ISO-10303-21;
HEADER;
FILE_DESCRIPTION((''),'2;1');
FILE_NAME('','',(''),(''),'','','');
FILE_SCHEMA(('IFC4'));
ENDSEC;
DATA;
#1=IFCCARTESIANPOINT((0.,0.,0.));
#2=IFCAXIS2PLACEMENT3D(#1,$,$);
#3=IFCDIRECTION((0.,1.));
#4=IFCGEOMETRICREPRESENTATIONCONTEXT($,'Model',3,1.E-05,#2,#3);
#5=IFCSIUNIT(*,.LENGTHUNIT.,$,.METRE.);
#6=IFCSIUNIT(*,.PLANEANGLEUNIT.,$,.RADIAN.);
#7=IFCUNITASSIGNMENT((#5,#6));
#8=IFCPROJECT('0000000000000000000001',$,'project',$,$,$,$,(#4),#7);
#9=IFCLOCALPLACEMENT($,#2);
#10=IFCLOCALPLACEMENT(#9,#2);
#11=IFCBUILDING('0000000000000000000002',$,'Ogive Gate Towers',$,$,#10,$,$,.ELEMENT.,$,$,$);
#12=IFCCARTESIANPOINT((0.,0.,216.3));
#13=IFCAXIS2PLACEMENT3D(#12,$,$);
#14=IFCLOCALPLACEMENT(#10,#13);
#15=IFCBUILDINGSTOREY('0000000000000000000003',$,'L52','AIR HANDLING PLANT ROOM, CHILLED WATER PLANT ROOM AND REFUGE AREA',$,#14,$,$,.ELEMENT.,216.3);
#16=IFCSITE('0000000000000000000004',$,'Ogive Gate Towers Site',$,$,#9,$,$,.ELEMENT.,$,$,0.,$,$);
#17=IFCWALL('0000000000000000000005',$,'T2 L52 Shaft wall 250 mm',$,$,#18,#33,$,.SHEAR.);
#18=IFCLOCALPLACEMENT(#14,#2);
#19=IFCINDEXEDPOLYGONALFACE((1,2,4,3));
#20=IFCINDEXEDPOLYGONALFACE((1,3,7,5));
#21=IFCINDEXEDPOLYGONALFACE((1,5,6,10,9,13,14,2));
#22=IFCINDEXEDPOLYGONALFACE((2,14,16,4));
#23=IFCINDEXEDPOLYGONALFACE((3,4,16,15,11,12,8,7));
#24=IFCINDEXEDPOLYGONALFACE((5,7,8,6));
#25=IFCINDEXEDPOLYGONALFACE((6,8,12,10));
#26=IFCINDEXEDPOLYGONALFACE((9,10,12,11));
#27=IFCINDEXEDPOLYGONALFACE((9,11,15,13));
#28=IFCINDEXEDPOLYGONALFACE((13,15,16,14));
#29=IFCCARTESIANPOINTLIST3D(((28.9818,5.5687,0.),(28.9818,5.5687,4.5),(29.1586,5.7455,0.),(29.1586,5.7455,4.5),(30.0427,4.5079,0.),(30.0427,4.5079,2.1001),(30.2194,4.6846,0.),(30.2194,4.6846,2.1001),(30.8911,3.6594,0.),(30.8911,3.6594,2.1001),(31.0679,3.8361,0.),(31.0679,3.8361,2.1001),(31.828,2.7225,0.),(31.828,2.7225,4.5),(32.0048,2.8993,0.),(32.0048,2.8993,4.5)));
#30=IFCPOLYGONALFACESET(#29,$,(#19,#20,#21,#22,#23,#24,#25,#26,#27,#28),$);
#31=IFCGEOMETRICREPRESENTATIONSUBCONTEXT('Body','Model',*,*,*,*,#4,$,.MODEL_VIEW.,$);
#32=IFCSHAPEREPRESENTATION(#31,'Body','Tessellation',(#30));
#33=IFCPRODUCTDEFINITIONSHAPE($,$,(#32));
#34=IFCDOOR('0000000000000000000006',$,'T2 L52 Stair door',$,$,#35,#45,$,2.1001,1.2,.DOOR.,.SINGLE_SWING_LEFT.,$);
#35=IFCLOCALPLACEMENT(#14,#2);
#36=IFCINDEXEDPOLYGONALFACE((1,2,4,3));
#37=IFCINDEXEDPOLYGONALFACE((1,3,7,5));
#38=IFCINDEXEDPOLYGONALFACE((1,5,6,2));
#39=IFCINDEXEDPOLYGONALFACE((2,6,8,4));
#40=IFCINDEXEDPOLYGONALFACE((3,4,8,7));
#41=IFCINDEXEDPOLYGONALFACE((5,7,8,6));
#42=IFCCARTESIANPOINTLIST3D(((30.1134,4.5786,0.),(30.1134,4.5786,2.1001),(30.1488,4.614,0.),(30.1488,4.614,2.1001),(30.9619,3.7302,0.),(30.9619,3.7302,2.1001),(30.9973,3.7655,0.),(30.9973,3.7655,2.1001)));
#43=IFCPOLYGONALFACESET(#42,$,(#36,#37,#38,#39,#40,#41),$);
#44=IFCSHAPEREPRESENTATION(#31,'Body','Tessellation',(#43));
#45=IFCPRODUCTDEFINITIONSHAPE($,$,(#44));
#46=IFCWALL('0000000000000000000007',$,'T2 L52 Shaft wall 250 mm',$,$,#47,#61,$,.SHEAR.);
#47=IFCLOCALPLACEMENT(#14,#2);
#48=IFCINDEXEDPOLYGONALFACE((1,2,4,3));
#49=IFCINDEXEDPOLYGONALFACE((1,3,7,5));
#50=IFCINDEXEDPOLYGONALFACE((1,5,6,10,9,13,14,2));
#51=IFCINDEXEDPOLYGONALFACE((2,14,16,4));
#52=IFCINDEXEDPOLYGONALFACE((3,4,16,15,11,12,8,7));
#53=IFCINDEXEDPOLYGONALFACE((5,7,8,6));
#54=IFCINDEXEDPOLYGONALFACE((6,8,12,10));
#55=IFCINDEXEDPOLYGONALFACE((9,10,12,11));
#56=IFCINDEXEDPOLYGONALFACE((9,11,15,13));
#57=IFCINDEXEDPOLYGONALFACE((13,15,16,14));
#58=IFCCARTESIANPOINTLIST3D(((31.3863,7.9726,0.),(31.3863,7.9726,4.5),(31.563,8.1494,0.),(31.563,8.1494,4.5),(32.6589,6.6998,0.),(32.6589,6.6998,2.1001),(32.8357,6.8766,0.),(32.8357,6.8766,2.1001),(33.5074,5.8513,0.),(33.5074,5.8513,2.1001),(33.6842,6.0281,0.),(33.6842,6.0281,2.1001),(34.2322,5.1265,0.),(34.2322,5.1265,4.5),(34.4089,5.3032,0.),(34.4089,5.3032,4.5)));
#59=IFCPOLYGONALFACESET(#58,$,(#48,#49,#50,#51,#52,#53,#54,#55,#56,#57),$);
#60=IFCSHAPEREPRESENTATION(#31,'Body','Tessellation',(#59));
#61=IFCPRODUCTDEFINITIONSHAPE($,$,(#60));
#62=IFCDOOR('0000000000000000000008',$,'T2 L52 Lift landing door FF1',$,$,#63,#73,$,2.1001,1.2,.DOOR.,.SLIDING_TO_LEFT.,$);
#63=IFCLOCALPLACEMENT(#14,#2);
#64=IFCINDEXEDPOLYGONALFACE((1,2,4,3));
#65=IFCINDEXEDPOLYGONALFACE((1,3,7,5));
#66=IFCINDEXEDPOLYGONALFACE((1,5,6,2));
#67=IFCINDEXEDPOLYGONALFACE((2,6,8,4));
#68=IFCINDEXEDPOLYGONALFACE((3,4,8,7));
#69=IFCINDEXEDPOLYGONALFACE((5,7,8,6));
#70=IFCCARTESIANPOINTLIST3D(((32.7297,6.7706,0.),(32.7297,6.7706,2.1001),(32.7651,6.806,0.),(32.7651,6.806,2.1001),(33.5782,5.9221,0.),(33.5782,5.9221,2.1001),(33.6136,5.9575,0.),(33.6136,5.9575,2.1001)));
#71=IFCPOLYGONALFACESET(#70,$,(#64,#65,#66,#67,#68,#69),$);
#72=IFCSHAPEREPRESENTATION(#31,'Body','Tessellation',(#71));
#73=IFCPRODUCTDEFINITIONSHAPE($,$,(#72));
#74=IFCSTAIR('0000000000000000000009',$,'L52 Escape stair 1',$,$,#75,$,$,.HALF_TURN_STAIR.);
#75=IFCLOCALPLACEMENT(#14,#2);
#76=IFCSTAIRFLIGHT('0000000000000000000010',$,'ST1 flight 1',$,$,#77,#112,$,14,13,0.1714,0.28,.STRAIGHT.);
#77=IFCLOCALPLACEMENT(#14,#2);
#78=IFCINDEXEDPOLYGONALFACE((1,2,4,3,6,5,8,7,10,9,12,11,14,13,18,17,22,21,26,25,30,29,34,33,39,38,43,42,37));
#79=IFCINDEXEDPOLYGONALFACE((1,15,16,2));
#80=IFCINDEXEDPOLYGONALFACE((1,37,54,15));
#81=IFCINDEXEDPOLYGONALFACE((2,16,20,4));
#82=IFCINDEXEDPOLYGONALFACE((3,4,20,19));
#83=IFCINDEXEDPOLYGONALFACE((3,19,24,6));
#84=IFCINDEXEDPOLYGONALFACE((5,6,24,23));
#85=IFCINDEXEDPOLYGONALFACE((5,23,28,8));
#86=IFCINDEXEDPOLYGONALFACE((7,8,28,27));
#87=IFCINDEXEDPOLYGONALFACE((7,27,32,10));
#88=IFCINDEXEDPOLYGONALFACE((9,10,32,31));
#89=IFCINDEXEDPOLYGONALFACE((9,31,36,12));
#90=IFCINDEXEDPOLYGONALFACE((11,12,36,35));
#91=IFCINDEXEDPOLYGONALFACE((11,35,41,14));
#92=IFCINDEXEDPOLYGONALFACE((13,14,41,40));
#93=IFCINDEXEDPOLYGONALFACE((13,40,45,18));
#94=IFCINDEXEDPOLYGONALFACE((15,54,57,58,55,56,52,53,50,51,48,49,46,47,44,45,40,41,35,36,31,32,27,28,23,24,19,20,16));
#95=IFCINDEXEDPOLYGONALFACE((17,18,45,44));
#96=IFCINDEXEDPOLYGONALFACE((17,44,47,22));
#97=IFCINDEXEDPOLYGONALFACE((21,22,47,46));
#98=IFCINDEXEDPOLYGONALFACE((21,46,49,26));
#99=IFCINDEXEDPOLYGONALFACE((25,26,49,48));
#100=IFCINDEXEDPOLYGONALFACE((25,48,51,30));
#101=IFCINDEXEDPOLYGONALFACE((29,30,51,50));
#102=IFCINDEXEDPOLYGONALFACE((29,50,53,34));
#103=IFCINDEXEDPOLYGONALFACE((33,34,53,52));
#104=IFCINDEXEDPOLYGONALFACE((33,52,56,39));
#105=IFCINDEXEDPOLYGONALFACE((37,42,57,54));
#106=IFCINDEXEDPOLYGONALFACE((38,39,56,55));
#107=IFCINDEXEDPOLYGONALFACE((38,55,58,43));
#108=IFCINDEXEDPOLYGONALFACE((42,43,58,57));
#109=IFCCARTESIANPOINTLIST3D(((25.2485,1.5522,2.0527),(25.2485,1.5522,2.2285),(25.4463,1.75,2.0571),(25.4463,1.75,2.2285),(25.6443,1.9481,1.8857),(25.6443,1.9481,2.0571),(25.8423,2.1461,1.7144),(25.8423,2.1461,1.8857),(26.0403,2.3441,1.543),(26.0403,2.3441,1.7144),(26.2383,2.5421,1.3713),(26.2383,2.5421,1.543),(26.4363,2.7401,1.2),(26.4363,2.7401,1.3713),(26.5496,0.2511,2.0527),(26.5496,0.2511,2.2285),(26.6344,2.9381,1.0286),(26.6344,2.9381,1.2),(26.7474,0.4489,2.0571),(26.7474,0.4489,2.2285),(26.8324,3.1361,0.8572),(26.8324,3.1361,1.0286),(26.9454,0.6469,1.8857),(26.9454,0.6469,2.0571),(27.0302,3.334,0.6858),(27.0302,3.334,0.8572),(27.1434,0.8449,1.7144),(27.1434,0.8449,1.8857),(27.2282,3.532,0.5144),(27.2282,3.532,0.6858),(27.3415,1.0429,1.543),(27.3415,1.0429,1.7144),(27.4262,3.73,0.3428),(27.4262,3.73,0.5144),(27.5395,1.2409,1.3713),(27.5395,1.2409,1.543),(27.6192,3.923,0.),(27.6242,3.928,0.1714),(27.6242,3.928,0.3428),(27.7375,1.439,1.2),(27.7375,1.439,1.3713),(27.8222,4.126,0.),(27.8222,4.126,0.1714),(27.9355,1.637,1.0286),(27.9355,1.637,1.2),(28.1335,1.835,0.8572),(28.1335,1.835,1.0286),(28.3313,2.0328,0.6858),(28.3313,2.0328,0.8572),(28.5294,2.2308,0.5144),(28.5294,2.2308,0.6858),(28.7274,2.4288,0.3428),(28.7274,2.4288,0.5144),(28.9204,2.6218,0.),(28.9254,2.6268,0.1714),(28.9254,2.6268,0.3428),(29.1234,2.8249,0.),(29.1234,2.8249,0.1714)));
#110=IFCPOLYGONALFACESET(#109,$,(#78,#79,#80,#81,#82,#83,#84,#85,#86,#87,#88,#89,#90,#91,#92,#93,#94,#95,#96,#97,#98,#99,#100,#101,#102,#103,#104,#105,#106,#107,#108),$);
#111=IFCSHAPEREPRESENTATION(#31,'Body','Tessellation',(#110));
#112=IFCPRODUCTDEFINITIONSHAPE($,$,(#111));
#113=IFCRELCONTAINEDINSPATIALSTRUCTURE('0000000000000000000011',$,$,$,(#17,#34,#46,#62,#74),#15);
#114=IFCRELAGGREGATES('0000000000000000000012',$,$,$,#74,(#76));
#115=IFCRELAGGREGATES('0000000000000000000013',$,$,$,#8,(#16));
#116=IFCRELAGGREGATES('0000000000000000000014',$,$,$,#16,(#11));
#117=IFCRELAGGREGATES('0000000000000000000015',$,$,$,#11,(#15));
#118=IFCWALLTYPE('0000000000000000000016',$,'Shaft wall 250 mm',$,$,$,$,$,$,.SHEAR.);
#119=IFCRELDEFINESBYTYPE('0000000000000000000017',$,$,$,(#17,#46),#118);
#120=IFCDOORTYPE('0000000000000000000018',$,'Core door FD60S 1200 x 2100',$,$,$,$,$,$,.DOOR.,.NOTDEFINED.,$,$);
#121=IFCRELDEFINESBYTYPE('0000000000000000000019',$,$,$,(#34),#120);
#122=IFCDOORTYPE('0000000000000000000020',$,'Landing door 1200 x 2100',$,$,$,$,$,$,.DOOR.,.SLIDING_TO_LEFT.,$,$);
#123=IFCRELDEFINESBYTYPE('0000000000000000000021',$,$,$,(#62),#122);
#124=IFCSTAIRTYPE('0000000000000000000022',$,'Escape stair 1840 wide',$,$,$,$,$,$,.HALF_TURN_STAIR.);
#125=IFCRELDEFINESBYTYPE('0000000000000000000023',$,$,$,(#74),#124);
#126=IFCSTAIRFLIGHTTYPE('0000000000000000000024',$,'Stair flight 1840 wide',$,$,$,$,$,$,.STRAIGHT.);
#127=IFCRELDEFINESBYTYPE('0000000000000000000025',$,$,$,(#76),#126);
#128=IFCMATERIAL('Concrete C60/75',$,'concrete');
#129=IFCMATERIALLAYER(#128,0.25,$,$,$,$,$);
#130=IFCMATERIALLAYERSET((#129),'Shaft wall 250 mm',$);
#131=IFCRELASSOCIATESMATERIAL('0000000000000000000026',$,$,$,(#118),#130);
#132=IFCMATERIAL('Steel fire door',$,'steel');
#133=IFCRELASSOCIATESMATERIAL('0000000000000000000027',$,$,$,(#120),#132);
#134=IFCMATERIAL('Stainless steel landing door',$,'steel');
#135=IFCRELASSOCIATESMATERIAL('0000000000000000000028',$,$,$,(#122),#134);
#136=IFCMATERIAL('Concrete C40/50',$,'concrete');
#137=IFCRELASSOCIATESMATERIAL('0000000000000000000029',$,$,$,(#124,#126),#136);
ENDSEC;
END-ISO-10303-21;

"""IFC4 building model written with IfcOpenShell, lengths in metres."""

from ifc_helpers import new_model, si_unit, direction, frame, frame_2d, origin, place, context, subcontext, project, spatial, polyline, rectangle, outline, extrude, material, layer, layer_set, type_object, element, fill, aggregate, save


model = new_model("IFC4")

# Units and contexts
model_context = context("Model", 3, precision=1e-05, world=origin(), true_north=direction((0.0, 1.0)))
body_context = subcontext(model_context, "Body", "Model", "MODEL_VIEW")
ifc_project = project(units=[si_unit("LENGTHUNIT", "METRE"), si_unit("PLANEANGLEUNIT", "RADIAN")], contexts=[model_context])

# Site, building, storey
site_placement = place(None, origin())
site = spatial("IfcSite", under=ifc_project, at=site_placement, Name="Ogive Gate Towers Site", CompositionType="ELEMENT", RefElevation=0.0)
building_placement = place(site_placement, origin())
building = spatial("IfcBuilding", under=site, at=building_placement, Name="Ogive Gate Towers", CompositionType="ELEMENT")
storey_placement = place(building_placement, frame((0.0, 0.0, 216.3)))
storey = spatial("IfcBuildingStorey", under=building, at=storey_placement, Name="L52", Description="AIR HANDLING PLANT ROOM, CHILLED WATER PLANT ROOM AND REFUGE AREA", CompositionType="ELEMENT", Elevation=216.3)

# Shared definitions
ifc_material_1 = material(Name="Concrete C40/50", Category="concrete")

# Shared definitions
ifc_material_2 = material(Name="Steel fire door", Category="steel")

# Shared definitions
ifc_material_3 = material(Name="Concrete C60/75", Category="concrete")
ifc_layer_1 = layer(ifc_material_3, 0.25)
ifc_layer_set_1 = layer_set([ifc_layer_1], Name="Shaft wall 250 mm")
wall_type_1 = type_object("IfcWallType", Name="Shaft wall 250 mm", PredefinedType="SHEAR", material=ifc_layer_set_1)

# Walls, openings, doors
wall_1_placement = place(storey_placement, frame((31.9165, 2.8108, 0.0), z_axis=(0.0, 0.0, 1.0), x_axis=(-0.707107, 0.707107, 0.0)))
wall_1 = element("IfcWall", 1, at=wall_1_placement, inside=storey, type_object=wall_type_1, Name="T2 L52 Shaft wall 250 mm", PredefinedType="SHEAR", context=body_context, shape_type="SweptSolid", body=[
    extrude(rectangle(XDim=4.0251, YDim=0.25, at=frame_2d((2.0127, 0.0))), origin(), (0.0, 0.0, 1.0), 4.5),
])
opening_1_placement = place(wall_1_placement, frame((1.325, 0.0, 0.0)))
opening_1 = element("IfcOpeningElement", 2, at=opening_1_placement, cuts=wall_1, PredefinedType="OPENING", context=body_context, shape_type="SweptSolid", body=[
    extrude(rectangle(XDim=1.2, YDim=2.1001, at=frame_2d((0.6001, 1.05))), frame((0.0, 0.135, 0.0), z_axis=(0.0, -1.0, 0.0), x_axis=(1.0, 0.0, 0.0)), (0.0, 0.0, 1.0), 0.27),
])
door_type_1 = type_object("IfcDoorType", Name="Core door FD60S 1200 x 2100", OperationType="NOTDEFINED", PredefinedType="DOOR", material=ifc_material_2)
door_1_placement = place(opening_1_placement, origin())
door_1 = element("IfcDoor", 3, at=door_1_placement, inside=storey, type_object=door_type_1, Name="T2 L52 Stair door", OperationType="SINGLE_SWING_LEFT", OverallHeight=2.1001, OverallWidth=1.2, PredefinedType="DOOR", context=body_context, shape_type="SweptSolid", body=[
    extrude(rectangle(XDim=1.2, YDim=2.1001, at=frame_2d((0.6001, 1.05))), frame((0.0, 0.0249, 0.0), z_axis=(0.0, -1.0, 0.0), x_axis=(1.0, 0.0, 0.0)), (0.0, 0.0, 1.0), 0.05),
])
fill(opening_1, door_1)
wall_2_placement = place(storey_placement, frame((34.3206, 5.2148, 0.0), z_axis=(0.0, 0.0, 1.0), x_axis=(-0.707076, 0.707137, 0.0)))
wall_2 = element("IfcWall", 4, at=wall_2_placement, inside=storey, type_object=wall_type_1, Name="T2 L52 Shaft wall 250 mm", PredefinedType="SHEAR", context=body_context, shape_type="SweptSolid", body=[
    extrude(rectangle(XDim=4.0249, YDim=0.25, at=frame_2d((2.0125, 0.0))), origin(), (0.0, 0.0, 1.0), 4.5),
])
opening_2_placement = place(wall_2_placement, frame((1.0249, 0.0, 0.0)))
opening_2 = element("IfcOpeningElement", 5, at=opening_2_placement, cuts=wall_2, PredefinedType="OPENING", context=body_context, shape_type="SweptSolid", body=[
    extrude(rectangle(XDim=1.2, YDim=2.1001, at=frame_2d((0.6001, 1.05))), frame((0.0, 0.135, 0.0), z_axis=(0.0, -1.0, 0.0), x_axis=(1.0, 0.0, 0.0)), (0.0, 0.0, 1.0), 0.27),
])
ifc_material_4 = material(Name="Stainless steel landing door", Category="steel")
door_type_2 = type_object("IfcDoorType", Name="Landing door 1200 x 2100", OperationType="SLIDING_TO_LEFT", PredefinedType="DOOR", material=ifc_material_4)
door_2_placement = place(opening_2_placement, origin())
door_2 = element("IfcDoor", 6, at=door_2_placement, inside=storey, type_object=door_type_2, Name="T2 L52 Lift landing door FF1", OperationType="SLIDING_TO_LEFT", OverallHeight=2.1001, OverallWidth=1.2, PredefinedType="DOOR", context=body_context, shape_type="SweptSolid", body=[
    extrude(rectangle(XDim=1.2, YDim=2.1001, at=frame_2d((0.6001, 1.05))), frame((0.0, 0.0249, 0.0), z_axis=(0.0, -1.0, 0.0), x_axis=(1.0, 0.0, 0.0)), (0.0, 0.0, 1.0), 0.05),
])
fill(opening_2, door_2)

# Stair, stair flight
stair_type = type_object("IfcStairType", Name="Escape stair 1840 wide", PredefinedType="HALF_TURN_STAIR", material=ifc_material_1)
stair_placement = place(storey_placement, origin())
stair = element("IfcStair", 7, at=stair_placement, inside=storey, type_object=stair_type, Name="L52 Escape stair 1", PredefinedType="HALF_TURN_STAIR")
stair_flight_type = type_object("IfcStairFlightType", Name="Stair flight 1840 wide", PredefinedType="STRAIGHT", material=ifc_material_1)
stair_flight_placement = place(storey_placement, frame((28.4729, 3.4753, 0.0), z_axis=(0.0, 0.0, 1.0), x_axis=(-0.707107, -0.707107, 0.0)))
stair_flight = element("IfcStairFlight", 8, at=stair_flight_placement, type_object=stair_flight_type, Name="ST1 flight 1", NumberOfRisers=14, NumberOfTreads=13, PredefinedType="STRAIGHT", RiserHeight=0.1714, TreadLength=0.28, context=body_context, shape_type="SweptSolid", body=[
    extrude(outline(polyline([(0.0, 0.0), (0.0, 0.1714), (0.28, 0.1714), (0.28, 0.3428), (0.5601, 0.3428), (0.5601, 0.5144), (0.8401, 0.5144), (0.8401, 0.6858), (1.1201, 0.6858), (1.1201, 0.8572), (1.3999, 0.8572), (1.3999, 1.0286), (1.6799, 1.0286), (1.6799, 1.2), (1.96, 1.2), (1.96, 1.3713), (2.24, 1.3713), (2.24, 1.543), (2.52, 1.543), (2.52, 1.7144), (2.8, 1.7144), (2.8, 1.8857), (3.0801, 1.8857), (3.0801, 2.0571), (3.3601, 2.0571), (3.3601, 2.2285), (3.6399, 2.2285), (3.6399, 2.3999), (3.6399, 2.0527), (0.2871, 0.0), (0.0, 0.0)])), frame((0.0, 0.9199, 0.0), z_axis=(0.0, -1.0, 0.0), x_axis=(1.0, 0.0, 0.0)), (0.0, 0.0, 1.0), 1.8401),
])
aggregate(stair, [stair_flight])

save(model, "model.ifc")
